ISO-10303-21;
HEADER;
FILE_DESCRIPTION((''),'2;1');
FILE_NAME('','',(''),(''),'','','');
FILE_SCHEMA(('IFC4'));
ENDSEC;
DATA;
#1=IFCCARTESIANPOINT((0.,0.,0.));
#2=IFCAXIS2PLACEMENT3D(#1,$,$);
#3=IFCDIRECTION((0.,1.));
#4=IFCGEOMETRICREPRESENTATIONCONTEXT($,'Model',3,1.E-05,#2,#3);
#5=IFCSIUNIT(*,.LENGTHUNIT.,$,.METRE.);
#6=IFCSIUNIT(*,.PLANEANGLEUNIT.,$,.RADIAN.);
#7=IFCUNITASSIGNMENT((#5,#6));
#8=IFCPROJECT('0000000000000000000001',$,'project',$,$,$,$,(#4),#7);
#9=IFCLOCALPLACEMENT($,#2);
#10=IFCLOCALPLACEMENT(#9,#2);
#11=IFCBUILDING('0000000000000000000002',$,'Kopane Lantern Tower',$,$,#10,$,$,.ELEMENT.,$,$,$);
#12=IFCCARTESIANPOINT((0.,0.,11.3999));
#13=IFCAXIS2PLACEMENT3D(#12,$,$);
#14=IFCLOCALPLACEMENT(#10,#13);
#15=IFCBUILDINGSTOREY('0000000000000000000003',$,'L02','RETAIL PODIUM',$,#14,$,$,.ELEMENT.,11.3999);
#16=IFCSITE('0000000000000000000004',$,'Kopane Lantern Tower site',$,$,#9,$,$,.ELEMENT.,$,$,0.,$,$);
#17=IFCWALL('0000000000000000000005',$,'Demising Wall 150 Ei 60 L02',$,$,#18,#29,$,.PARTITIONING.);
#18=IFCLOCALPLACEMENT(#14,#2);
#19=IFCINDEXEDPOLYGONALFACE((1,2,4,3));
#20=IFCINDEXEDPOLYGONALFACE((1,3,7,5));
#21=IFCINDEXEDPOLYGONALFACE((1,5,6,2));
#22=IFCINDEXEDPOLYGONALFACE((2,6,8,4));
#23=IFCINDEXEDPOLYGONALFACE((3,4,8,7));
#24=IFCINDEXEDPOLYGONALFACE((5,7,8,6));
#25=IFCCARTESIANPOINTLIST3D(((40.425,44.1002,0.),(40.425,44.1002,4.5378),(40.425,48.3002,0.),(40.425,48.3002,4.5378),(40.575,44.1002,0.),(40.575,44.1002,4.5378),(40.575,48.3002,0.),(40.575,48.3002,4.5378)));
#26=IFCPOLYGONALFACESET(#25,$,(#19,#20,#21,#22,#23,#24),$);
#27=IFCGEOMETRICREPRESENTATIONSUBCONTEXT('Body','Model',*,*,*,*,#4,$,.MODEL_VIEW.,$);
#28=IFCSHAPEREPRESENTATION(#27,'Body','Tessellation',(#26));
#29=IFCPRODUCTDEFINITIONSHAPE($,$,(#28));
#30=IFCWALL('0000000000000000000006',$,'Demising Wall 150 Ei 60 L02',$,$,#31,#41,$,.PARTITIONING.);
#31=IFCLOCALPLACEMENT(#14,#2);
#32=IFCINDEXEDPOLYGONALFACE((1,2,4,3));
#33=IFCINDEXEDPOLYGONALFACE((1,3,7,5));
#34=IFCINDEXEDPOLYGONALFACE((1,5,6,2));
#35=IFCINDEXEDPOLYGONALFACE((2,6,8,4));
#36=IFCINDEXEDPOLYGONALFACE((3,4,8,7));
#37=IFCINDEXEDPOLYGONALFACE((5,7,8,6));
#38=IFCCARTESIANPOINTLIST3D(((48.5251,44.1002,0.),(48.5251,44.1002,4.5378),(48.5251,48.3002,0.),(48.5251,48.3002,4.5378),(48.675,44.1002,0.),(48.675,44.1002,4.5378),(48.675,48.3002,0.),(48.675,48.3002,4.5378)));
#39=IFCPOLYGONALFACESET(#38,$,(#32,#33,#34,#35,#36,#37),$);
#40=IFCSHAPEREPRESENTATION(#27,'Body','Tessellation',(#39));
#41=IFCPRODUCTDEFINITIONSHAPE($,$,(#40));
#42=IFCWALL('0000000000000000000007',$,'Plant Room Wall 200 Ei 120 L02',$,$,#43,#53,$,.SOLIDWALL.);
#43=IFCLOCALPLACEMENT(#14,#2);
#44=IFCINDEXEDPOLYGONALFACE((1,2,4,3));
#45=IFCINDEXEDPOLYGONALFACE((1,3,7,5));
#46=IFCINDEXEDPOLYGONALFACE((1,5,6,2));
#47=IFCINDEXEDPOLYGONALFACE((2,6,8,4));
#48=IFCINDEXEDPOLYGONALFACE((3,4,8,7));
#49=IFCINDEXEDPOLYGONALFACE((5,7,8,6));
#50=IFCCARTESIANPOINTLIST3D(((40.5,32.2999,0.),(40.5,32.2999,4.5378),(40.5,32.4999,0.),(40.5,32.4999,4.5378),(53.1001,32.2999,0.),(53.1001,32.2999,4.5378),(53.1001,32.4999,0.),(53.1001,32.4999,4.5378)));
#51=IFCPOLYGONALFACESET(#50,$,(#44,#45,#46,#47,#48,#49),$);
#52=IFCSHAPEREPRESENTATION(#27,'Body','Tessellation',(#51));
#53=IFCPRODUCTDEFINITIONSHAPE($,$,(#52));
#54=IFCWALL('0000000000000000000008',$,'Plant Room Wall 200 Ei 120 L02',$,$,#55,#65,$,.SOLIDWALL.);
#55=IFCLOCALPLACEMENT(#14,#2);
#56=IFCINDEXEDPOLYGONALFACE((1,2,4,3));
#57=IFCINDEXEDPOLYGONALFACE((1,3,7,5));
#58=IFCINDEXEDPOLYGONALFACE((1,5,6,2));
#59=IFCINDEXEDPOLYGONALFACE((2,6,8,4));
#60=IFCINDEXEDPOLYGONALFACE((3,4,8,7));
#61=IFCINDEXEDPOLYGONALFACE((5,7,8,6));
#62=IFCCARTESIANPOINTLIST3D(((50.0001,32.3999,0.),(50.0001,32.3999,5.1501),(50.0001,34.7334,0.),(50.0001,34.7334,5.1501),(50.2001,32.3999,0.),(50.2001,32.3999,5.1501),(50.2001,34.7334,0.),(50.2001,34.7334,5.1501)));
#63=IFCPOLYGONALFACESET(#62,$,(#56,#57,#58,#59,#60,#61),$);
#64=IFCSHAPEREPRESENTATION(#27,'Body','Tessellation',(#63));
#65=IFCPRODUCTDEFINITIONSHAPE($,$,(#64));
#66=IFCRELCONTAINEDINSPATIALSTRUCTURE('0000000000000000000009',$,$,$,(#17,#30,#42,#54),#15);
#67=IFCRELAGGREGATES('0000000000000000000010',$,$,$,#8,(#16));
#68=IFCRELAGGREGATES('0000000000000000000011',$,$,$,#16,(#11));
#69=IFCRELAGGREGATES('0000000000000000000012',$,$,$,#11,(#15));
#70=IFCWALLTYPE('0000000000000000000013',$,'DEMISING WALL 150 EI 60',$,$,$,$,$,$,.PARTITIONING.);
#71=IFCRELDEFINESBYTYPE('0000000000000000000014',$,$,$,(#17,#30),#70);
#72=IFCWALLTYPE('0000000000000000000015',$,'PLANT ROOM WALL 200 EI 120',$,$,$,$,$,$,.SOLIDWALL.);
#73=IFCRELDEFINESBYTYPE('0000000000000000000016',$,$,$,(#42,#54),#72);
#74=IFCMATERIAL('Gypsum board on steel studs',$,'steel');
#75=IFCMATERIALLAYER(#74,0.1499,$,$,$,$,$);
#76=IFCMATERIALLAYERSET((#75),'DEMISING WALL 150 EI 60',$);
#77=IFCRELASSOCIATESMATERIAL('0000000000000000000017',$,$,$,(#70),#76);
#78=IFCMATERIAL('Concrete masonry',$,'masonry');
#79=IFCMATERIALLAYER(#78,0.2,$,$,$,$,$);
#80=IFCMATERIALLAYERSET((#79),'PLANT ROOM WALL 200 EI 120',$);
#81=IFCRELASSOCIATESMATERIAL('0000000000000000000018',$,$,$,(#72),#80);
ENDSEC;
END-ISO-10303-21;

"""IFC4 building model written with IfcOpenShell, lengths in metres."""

from ifc_helpers import new_model, si_unit, direction, frame, frame_2d, origin, place, context, subcontext, project, spatial, rectangle, extrude, material, layer, layer_set, type_object, element, save


model = new_model("IFC4")

# Units and contexts
model_context = context("Model", 3, precision=1e-05, world=origin(), true_north=direction((0.0, 1.0)))
body_context = subcontext(model_context, "Body", "Model", "MODEL_VIEW")
ifc_project = project(units=[si_unit("LENGTHUNIT", "METRE"), si_unit("PLANEANGLEUNIT", "RADIAN")], contexts=[model_context])

# Site, building, storey
site_placement = place(None, origin())
site = spatial("IfcSite", under=ifc_project, at=site_placement, Name="Kopane Lantern Tower site", CompositionType="ELEMENT", RefElevation=0.0)
building_placement = place(site_placement, origin())
building = spatial("IfcBuilding", under=site, at=building_placement, Name="Kopane Lantern Tower", CompositionType="ELEMENT")
storey_placement = place(building_placement, frame((0.0, 0.0, 11.3999)))
storey = spatial("IfcBuildingStorey", under=building, at=storey_placement, Name="L02", Description="RETAIL PODIUM", CompositionType="ELEMENT", Elevation=11.3999)

# Walls
ifc_material_1 = material(Name="Gypsum board on steel studs", Category="steel")
ifc_layer_1 = layer(ifc_material_1, 0.1499)
ifc_layer_set_1 = layer_set([ifc_layer_1], Name="DEMISING WALL 150 EI 60")
wall_type_1 = type_object("IfcWallType", Name="DEMISING WALL 150 EI 60", PredefinedType="PARTITIONING", material=ifc_layer_set_1)
for number, where, z_axis, x_axis, name in (
    (1, (40.5, 44.1001, 0.0), (0.0, 0.0, 1.0), (0.0, 1.0, 0.0), "Demising Wall 150 Ei 60 L02"),
    (2, (48.6001, 44.1001, 0.0), (0.0, 0.0, 1.0), (0.0, 1.0, 0.0), "Demising Wall 150 Ei 60 L02"),
):
    element("IfcWall", number, at=place(storey_placement, frame(where, z_axis=z_axis, x_axis=x_axis)), inside=storey, type_object=wall_type_1, Name=name, PredefinedType="PARTITIONING", context=body_context, shape_type="SweptSolid", body=[
        extrude(rectangle(XDim=4.2, YDim=0.1499, at=frame_2d((2.1001, 0.0))), origin(), (0.0, 0.0, 1.0), 4.5378),
    ])
ifc_material_2 = material(Name="Concrete masonry", Category="masonry")
ifc_layer_2 = layer(ifc_material_2, 0.2)
ifc_layer_set_2 = layer_set([ifc_layer_2], Name="PLANT ROOM WALL 200 EI 120")
wall_type_2 = type_object("IfcWallType", Name="PLANT ROOM WALL 200 EI 120", PredefinedType="SOLIDWALL", material=ifc_layer_set_2)
wall_1_placement = place(storey_placement, frame((40.5, 32.3999, 0.0), z_axis=(0.0, 0.0, 1.0), x_axis=(1.0, 0.0, 0.0)))
element("IfcWall", 3, at=wall_1_placement, inside=storey, type_object=wall_type_2, Name="Plant Room Wall 200 Ei 120 L02", PredefinedType="SOLIDWALL", context=body_context, shape_type="SweptSolid", body=[
    extrude(rectangle(XDim=12.6001, YDim=0.2, at=frame_2d((6.3, 0.0))), origin(), (0.0, 0.0, 1.0), 4.5378),
])
wall_2_placement = place(storey_placement, frame((50.1001, 32.3999, 0.0), z_axis=(0.0, 0.0, 1.0), x_axis=(0.0, 1.0, 0.0)))
element("IfcWall", 4, at=wall_2_placement, inside=storey, type_object=wall_type_2, Name="Plant Room Wall 200 Ei 120 L02", PredefinedType="SOLIDWALL", context=body_context, shape_type="SweptSolid", body=[
    extrude(rectangle(XDim=2.3335, YDim=0.2, at=frame_2d((1.1667, 0.0))), origin(), (0.0, 0.0, 1.0), 5.1501),
])

save(model, "model.ifc")
